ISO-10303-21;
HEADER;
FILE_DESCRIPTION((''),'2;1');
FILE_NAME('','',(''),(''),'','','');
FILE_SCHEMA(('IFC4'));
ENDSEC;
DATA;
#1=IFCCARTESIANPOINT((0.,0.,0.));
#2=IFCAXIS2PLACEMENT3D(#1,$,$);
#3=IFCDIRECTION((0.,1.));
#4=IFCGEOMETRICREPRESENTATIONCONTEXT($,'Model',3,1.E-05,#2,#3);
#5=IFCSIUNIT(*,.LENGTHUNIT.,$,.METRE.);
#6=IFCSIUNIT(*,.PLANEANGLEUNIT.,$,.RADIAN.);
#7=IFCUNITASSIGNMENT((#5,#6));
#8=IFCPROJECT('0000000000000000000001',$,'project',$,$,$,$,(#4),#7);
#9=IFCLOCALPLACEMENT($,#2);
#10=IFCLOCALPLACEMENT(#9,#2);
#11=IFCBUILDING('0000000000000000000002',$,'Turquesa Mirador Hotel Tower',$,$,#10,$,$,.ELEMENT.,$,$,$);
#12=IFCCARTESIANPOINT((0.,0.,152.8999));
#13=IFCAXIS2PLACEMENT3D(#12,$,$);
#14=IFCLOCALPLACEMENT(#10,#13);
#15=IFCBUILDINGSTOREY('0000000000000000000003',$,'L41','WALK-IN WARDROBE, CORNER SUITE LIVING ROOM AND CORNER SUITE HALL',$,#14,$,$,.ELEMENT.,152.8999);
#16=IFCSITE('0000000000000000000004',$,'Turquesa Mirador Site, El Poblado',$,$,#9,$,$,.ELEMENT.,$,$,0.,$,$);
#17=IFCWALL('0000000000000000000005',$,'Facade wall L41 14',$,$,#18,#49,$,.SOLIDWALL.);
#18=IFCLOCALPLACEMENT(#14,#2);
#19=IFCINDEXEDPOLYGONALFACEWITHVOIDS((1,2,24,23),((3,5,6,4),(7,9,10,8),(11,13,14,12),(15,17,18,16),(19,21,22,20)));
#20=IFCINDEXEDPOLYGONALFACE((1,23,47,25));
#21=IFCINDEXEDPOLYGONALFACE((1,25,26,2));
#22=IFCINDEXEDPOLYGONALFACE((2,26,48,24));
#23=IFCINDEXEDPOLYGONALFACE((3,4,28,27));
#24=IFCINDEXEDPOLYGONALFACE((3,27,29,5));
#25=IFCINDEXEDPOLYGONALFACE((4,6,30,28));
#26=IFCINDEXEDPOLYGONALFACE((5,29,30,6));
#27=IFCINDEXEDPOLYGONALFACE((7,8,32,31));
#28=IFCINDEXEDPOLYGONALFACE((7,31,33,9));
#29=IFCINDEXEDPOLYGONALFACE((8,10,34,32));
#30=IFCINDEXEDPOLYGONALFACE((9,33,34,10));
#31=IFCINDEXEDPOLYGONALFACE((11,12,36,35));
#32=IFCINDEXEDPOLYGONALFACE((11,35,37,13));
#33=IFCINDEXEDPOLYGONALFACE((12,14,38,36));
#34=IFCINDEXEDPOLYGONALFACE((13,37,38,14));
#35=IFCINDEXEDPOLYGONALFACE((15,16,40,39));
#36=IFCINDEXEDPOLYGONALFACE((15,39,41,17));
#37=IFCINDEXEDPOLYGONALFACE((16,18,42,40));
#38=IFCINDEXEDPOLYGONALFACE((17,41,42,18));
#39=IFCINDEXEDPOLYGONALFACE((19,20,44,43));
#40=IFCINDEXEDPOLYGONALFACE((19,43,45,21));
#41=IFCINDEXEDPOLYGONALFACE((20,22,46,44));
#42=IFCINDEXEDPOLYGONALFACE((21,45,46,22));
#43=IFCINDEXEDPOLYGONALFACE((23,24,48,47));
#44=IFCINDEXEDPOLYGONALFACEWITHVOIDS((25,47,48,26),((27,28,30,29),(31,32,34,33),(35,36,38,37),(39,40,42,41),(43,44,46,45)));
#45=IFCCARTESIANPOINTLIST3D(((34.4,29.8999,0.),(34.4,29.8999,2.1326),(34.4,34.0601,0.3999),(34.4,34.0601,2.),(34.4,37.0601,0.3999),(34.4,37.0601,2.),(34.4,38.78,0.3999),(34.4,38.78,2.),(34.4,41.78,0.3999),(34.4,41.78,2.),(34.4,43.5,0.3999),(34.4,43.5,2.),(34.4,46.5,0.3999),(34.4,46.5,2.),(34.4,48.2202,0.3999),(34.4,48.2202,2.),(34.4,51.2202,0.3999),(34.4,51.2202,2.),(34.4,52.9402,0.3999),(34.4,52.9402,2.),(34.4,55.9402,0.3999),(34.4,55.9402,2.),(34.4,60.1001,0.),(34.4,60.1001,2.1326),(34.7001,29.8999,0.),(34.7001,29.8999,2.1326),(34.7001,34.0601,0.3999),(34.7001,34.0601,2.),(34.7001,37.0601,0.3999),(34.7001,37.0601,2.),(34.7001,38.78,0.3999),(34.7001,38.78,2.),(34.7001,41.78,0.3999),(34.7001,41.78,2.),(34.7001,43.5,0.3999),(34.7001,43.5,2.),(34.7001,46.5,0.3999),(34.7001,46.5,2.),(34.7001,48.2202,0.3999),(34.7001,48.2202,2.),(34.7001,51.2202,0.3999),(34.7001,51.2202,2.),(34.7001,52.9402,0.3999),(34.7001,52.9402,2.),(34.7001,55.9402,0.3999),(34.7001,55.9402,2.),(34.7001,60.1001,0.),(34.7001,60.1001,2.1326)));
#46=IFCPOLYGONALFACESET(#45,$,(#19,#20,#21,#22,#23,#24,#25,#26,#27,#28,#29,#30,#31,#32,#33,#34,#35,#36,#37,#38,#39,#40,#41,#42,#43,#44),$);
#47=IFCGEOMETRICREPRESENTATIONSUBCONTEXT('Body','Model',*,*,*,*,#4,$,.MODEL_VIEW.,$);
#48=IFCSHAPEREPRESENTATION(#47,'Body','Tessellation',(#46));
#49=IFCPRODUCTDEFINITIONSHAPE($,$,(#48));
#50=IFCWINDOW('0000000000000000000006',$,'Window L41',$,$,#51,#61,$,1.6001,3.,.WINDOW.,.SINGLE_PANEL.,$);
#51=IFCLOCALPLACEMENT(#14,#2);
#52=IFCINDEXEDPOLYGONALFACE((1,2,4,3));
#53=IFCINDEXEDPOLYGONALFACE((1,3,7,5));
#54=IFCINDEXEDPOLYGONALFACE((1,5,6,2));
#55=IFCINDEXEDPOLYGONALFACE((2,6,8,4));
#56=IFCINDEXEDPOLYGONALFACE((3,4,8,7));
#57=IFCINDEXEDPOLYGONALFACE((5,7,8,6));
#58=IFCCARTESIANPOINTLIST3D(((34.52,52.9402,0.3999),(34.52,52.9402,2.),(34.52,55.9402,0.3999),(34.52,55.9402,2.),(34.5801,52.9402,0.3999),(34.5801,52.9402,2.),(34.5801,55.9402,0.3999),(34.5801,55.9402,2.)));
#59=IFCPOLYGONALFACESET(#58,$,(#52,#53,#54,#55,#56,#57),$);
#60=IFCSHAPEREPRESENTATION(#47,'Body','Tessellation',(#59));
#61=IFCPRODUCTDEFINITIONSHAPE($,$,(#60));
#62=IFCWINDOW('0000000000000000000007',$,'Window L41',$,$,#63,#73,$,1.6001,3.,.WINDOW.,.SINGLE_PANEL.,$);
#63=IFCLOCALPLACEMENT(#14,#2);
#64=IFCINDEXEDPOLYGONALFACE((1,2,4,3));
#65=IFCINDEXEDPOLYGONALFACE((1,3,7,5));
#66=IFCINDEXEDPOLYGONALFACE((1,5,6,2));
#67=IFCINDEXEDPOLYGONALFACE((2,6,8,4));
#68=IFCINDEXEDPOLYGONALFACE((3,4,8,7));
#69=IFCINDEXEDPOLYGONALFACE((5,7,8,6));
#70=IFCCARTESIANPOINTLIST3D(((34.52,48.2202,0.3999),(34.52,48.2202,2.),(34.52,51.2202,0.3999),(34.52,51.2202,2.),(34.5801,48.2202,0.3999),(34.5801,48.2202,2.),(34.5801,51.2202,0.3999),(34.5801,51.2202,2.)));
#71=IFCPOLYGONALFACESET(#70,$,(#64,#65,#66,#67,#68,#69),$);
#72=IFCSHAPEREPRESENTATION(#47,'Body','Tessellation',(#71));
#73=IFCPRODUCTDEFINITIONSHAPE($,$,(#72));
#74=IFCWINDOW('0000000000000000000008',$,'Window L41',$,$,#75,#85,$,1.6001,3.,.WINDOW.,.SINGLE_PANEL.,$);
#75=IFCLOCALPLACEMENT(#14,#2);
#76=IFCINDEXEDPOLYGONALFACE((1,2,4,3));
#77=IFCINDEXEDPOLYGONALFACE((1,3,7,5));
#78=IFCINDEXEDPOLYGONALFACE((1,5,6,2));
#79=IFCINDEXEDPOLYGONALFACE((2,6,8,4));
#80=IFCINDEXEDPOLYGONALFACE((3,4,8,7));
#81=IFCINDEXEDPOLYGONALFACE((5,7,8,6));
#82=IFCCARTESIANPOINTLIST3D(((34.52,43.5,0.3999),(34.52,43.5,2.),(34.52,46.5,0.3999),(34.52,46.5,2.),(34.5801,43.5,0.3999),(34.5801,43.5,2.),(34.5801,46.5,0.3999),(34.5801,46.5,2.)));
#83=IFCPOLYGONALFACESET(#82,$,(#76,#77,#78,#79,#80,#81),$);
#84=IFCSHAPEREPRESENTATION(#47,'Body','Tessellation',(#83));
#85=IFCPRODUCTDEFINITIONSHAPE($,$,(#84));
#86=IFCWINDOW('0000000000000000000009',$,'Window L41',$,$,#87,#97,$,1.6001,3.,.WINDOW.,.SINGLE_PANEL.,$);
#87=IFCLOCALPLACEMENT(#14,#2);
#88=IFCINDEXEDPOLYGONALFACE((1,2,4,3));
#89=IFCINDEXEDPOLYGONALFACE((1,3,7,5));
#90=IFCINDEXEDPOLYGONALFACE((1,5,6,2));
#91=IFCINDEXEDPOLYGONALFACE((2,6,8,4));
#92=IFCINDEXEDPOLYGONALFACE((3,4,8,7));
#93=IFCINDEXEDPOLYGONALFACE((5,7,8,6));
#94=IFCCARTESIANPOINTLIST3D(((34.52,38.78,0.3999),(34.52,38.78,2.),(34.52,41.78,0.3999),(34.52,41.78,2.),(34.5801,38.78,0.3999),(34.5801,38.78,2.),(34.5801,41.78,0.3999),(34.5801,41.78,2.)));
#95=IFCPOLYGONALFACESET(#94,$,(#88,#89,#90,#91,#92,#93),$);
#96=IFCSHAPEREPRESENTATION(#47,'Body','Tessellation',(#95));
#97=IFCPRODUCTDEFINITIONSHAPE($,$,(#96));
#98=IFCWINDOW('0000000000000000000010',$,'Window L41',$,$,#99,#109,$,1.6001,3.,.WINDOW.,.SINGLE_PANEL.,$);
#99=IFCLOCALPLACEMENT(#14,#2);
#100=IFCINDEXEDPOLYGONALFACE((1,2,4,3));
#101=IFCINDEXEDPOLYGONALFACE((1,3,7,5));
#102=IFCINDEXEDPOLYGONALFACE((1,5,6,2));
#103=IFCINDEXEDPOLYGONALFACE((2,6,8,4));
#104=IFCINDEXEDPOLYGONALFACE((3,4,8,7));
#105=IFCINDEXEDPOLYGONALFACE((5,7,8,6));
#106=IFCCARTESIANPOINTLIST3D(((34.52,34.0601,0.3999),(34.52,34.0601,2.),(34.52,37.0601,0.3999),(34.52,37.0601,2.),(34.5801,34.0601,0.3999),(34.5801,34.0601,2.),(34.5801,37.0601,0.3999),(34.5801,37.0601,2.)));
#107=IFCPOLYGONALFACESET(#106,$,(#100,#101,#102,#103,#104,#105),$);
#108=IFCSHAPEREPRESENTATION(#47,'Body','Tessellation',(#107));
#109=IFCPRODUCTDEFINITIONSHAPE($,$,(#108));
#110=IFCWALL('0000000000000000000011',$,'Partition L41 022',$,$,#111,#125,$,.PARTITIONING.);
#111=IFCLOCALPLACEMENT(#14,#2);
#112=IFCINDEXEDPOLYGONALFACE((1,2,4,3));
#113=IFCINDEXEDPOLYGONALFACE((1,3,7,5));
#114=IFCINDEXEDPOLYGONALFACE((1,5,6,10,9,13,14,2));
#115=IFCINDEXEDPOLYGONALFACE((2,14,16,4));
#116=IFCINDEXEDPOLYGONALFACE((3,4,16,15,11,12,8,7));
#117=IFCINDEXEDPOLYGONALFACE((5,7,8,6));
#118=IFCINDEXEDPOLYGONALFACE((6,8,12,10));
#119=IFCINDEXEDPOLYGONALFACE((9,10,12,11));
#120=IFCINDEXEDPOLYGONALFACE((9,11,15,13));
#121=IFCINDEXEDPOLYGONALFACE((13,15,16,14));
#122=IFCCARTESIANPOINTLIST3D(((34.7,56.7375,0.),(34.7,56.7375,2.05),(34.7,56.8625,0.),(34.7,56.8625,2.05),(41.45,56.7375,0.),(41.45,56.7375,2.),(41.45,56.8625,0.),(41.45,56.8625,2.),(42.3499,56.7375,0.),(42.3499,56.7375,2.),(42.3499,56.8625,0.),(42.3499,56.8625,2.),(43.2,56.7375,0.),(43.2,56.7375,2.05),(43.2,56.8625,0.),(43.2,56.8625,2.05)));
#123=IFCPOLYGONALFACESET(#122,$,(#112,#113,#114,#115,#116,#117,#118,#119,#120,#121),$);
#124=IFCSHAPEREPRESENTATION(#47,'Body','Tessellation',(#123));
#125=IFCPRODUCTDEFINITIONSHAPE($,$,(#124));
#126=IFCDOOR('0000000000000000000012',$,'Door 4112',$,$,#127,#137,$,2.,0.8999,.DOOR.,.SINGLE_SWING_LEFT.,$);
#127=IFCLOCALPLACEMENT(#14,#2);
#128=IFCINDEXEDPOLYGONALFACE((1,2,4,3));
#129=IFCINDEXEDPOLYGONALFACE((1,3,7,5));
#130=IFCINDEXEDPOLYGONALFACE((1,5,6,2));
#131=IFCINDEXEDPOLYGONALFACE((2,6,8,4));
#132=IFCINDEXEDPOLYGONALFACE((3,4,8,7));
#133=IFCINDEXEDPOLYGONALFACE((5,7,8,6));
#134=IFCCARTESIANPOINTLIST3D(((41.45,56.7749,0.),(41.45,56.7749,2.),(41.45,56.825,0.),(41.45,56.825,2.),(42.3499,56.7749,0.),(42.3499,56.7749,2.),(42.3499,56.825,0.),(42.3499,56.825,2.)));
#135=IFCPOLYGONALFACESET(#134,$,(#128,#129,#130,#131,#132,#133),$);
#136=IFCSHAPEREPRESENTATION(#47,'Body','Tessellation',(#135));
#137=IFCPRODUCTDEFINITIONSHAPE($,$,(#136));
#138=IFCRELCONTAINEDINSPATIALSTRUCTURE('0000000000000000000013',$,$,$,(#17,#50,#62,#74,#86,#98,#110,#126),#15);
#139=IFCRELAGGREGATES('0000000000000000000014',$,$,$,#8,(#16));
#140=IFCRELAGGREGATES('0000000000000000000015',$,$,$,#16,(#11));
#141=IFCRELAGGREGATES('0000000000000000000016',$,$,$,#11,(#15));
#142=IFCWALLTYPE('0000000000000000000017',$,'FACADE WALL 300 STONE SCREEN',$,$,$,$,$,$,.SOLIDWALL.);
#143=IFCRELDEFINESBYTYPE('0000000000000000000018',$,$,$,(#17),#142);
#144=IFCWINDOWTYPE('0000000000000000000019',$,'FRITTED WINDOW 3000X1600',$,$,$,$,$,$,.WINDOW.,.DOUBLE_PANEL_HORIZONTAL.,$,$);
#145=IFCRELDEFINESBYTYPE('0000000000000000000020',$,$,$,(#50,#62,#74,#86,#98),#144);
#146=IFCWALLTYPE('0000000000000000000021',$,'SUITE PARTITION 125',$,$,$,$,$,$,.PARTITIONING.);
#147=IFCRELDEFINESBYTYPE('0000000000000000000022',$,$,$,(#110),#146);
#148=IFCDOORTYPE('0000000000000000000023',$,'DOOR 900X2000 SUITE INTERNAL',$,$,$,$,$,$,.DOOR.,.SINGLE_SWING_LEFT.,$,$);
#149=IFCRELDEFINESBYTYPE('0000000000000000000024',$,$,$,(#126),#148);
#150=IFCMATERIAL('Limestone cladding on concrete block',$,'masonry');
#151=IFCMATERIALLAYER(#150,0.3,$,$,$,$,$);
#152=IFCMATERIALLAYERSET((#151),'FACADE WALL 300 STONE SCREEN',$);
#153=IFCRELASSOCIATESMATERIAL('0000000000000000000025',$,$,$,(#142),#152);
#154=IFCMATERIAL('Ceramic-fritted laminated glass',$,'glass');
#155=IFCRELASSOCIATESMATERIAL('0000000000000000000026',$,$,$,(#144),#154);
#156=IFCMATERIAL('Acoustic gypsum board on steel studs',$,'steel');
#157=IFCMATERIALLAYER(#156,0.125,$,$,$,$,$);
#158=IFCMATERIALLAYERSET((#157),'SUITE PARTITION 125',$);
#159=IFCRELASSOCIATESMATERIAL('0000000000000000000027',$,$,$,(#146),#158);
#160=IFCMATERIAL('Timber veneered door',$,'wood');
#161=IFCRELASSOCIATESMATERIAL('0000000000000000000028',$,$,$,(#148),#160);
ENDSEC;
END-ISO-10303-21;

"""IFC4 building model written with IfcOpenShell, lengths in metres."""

from ifc_helpers import new_model, si_unit, direction, frame, frame_2d, origin, place, context, subcontext, project, spatial, rectangle, extrude, material, layer, layer_set, type_object, element, fill, save


model = new_model("IFC4")

# Units and contexts
model_context = context("Model", 3, precision=1e-05, world=origin(), true_north=direction((0.0, 1.0)))
body_context = subcontext(model_context, "Body", "Model", "MODEL_VIEW")
ifc_project = project(units=[si_unit("LENGTHUNIT", "METRE"), si_unit("PLANEANGLEUNIT", "RADIAN")], contexts=[model_context])

# Site, building, storey
site_placement = place(None, origin())
site = spatial("IfcSite", under=ifc_project, at=site_placement, Name="Turquesa Mirador Site, El Poblado", CompositionType="ELEMENT", RefElevation=0.0)
building_placement = place(site_placement, origin())
building = spatial("IfcBuilding", under=site, at=building_placement, Name="Turquesa Mirador Hotel Tower", CompositionType="ELEMENT")
storey_placement = place(building_placement, frame((0.0, 0.0, 152.8999)))
storey = spatial("IfcBuildingStorey", under=building, at=storey_placement, Name="L41", Description="WALK-IN WARDROBE, CORNER SUITE LIVING ROOM AND CORNER SUITE HALL", CompositionType="ELEMENT", Elevation=152.8999)

# Shared definitions
ifc_material_1 = material(Name="Limestone cladding on concrete block", Category="masonry")
ifc_layer_1 = layer(ifc_material_1, 0.3)
ifc_layer_set_1 = layer_set([ifc_layer_1], Name="FACADE WALL 300 STONE SCREEN")
wall_type_1 = type_object("IfcWallType", Name="FACADE WALL 300 STONE SCREEN", PredefinedType="SOLIDWALL", material=ifc_layer_set_1)

# Wall, openings, windows
wall_1_placement = place(storey_placement, frame((34.55, 60.1001, 0.0), z_axis=(0.0, 0.0, 1.0), x_axis=(0.0, -1.0, 0.0)))
wall_1 = element("IfcWall", 1, at=wall_1_placement, inside=storey, type_object=wall_type_1, Name="Facade wall L41 14", PredefinedType="SOLIDWALL", context=body_context, shape_type="SweptSolid", body=[
    extrude(rectangle(XDim=30.2002, YDim=0.3, at=frame_2d((15.1001, 0.0))), origin(), (0.0, 0.0, 1.0), 2.1326),
])
opening_1_placement = place(wall_1_placement, frame((4.1599, 0.0, 0.3999)))
opening_1 = element("IfcOpeningElement", 2, at=opening_1_placement, cuts=wall_1, PredefinedType="OPENING", context=body_context, shape_type="SweptSolid", body=[
    extrude(rectangle(XDim=3.0, YDim=1.6001, at=frame_2d((1.5, 0.8))), frame((0.0, 0.1599, 0.0), z_axis=(0.0, -1.0, 0.0), x_axis=(1.0, 0.0, 0.0)), (0.0, 0.0, 1.0), 0.3201),
])
opening_2_placement = place(wall_1_placement, frame((8.8799, 0.0, 0.3999)))
opening_2 = element("IfcOpeningElement", 3, at=opening_2_placement, cuts=wall_1, PredefinedType="OPENING", context=body_context, shape_type="SweptSolid", body=[
    extrude(rectangle(XDim=3.0, YDim=1.6001, at=frame_2d((1.5, 0.8))), frame((0.0, 0.1599, 0.0), z_axis=(0.0, -1.0, 0.0), x_axis=(1.0, 0.0, 0.0)), (0.0, 0.0, 1.0), 0.3201),
])
opening_3_placement = place(wall_1_placement, frame((13.6001, 0.0, 0.3999)))
opening_3 = element("IfcOpeningElement", 4, at=opening_3_placement, cuts=wall_1, PredefinedType="OPENING", context=body_context, shape_type="SweptSolid", body=[
    extrude(rectangle(XDim=3.0, YDim=1.6001, at=frame_2d((1.5, 0.8))), frame((0.0, 0.1599, 0.0), z_axis=(0.0, -1.0, 0.0), x_axis=(1.0, 0.0, 0.0)), (0.0, 0.0, 1.0), 0.3201),
])
opening_4_placement = place(wall_1_placement, frame((18.3201, 0.0, 0.3999)))
opening_4 = element("IfcOpeningElement", 5, at=opening_4_placement, cuts=wall_1, PredefinedType="OPENING", context=body_context, shape_type="SweptSolid", body=[
    extrude(rectangle(XDim=3.0, YDim=1.6001, at=frame_2d((1.5, 0.8))), frame((0.0, 0.1599, 0.0), z_axis=(0.0, -1.0, 0.0), x_axis=(1.0, 0.0, 0.0)), (0.0, 0.0, 1.0), 0.3201),
])
opening_5_placement = place(wall_1_placement, frame((23.04, 0.0, 0.3999)))
opening_5 = element("IfcOpeningElement", 6, at=opening_5_placement, cuts=wall_1, PredefinedType="OPENING", context=body_context, shape_type="SweptSolid", body=[
    extrude(rectangle(XDim=3.0, YDim=1.6001, at=frame_2d((1.5, 0.8))), frame((0.0, 0.1599, 0.0), z_axis=(0.0, -1.0, 0.0), x_axis=(1.0, 0.0, 0.0)), (0.0, 0.0, 1.0), 0.3201),
])
ifc_material_2 = material(Name="Ceramic-fritted laminated glass", Category="glass")
window_type_1 = type_object("IfcWindowType", Name="FRITTED WINDOW 3000X1600", PartitioningType="DOUBLE_PANEL_HORIZONTAL", PredefinedType="WINDOW", material=ifc_material_2)
window_1_placement = place(opening_1_placement, origin())
window_1 = element("IfcWindow", 7, at=window_1_placement, inside=storey, type_object=window_type_1, Name="Window L41", OverallHeight=1.6001, OverallWidth=3.0, PartitioningType="SINGLE_PANEL", PredefinedType="WINDOW", context=body_context, shape_type="SweptSolid", body=[
    extrude(rectangle(XDim=3.0, YDim=1.6001, at=frame_2d((1.5, 0.8))), frame((0.0, 0.03, 0.0), z_axis=(0.0, -1.0, 0.0), x_axis=(1.0, 0.0, 0.0)), (0.0, 0.0, 1.0), 0.0601),
])
fill(opening_1, window_1)
window_2_placement = place(opening_2_placement, origin())
window_2 = element("IfcWindow", 8, at=window_2_placement, inside=storey, type_object=window_type_1, Name="Window L41", OverallHeight=1.6001, OverallWidth=3.0, PartitioningType="SINGLE_PANEL", PredefinedType="WINDOW", context=body_context, shape_type="SweptSolid", body=[
    extrude(rectangle(XDim=3.0, YDim=1.6001, at=frame_2d((1.5, 0.8))), frame((0.0, 0.03, 0.0), z_axis=(0.0, -1.0, 0.0), x_axis=(1.0, 0.0, 0.0)), (0.0, 0.0, 1.0), 0.0601),
])
fill(opening_2, window_2)
window_3_placement = place(opening_3_placement, origin())
window_3 = element("IfcWindow", 9, at=window_3_placement, inside=storey, type_object=window_type_1, Name="Window L41", OverallHeight=1.6001, OverallWidth=3.0, PartitioningType="SINGLE_PANEL", PredefinedType="WINDOW", context=body_context, shape_type="SweptSolid", body=[
    extrude(rectangle(XDim=3.0, YDim=1.6001, at=frame_2d((1.5, 0.8))), frame((0.0, 0.03, 0.0), z_axis=(0.0, -1.0, 0.0), x_axis=(1.0, 0.0, 0.0)), (0.0, 0.0, 1.0), 0.0601),
])
fill(opening_3, window_3)
window_4_placement = place(opening_4_placement, origin())
window_4 = element("IfcWindow", 10, at=window_4_placement, inside=storey, type_object=window_type_1, Name="Window L41", OverallHeight=1.6001, OverallWidth=3.0, PartitioningType="SINGLE_PANEL", PredefinedType="WINDOW", context=body_context, shape_type="SweptSolid", body=[
    extrude(rectangle(XDim=3.0, YDim=1.6001, at=frame_2d((1.5, 0.8))), frame((0.0, 0.03, 0.0), z_axis=(0.0, -1.0, 0.0), x_axis=(1.0, 0.0, 0.0)), (0.0, 0.0, 1.0), 0.0601),
])
fill(opening_4, window_4)
window_5_placement = place(opening_5_placement, origin())
window_5 = element("IfcWindow", 11, at=window_5_placement, inside=storey, type_object=window_type_1, Name="Window L41", OverallHeight=1.6001, OverallWidth=3.0, PartitioningType="SINGLE_PANEL", PredefinedType="WINDOW", context=body_context, shape_type="SweptSolid", body=[
    extrude(rectangle(XDim=3.0, YDim=1.6001, at=frame_2d((1.5, 0.8))), frame((0.0, 0.03, 0.0), z_axis=(0.0, -1.0, 0.0), x_axis=(1.0, 0.0, 0.0)), (0.0, 0.0, 1.0), 0.0601),
])
fill(opening_5, window_5)

# Wall, opening, door
ifc_material_3 = material(Name="Acoustic gypsum board on steel studs", Category="steel")
ifc_layer_2 = layer(ifc_material_3, 0.125)
ifc_layer_set_2 = layer_set([ifc_layer_2], Name="SUITE PARTITION 125")
wall_type_2 = type_object("IfcWallType", Name="SUITE PARTITION 125", PredefinedType="PARTITIONING", material=ifc_layer_set_2)
wall_2_placement = place(storey_placement, frame((34.7, 56.8, 0.0), z_axis=(0.0, 0.0, 1.0), x_axis=(1.0, 0.0, 0.0)))
wall_2 = element("IfcWall", 12, at=wall_2_placement, inside=storey, type_object=wall_type_2, Name="Partition L41 022", PredefinedType="PARTITIONING", context=body_context, shape_type="SweptSolid", body=[
    extrude(rectangle(XDim=8.5, YDim=0.125, at=frame_2d((4.25, 0.0))), origin(), (0.0, 0.0, 1.0), 2.05),
])
opening_6_placement = place(wall_2_placement, frame((6.75, 0.0, 0.0)))
opening_6 = element("IfcOpeningElement", 13, at=opening_6_placement, cuts=wall_2, PredefinedType="OPENING", context=body_context, shape_type="SweptSolid", body=[
    extrude(rectangle(XDim=0.8999, YDim=2.0, at=frame_2d((0.45, 1.0))), frame((0.0, 0.0725, 0.0), z_axis=(0.0, -1.0, 0.0), x_axis=(1.0, 0.0, 0.0)), (0.0, 0.0, 1.0), 0.145),
])
ifc_material_4 = material(Name="Timber veneered door", Category="wood")
door_type_1 = type_object("IfcDoorType", Name="DOOR 900X2000 SUITE INTERNAL", OperationType="SINGLE_SWING_LEFT", PredefinedType="DOOR", material=ifc_material_4)
door_1_placement = place(opening_6_placement, origin())
door_1 = element("IfcDoor", 14, at=door_1_placement, inside=storey, type_object=door_type_1, Name="Door 4112", OperationType="SINGLE_SWING_LEFT", OverallHeight=2.0, OverallWidth=0.8999, PredefinedType="DOOR", context=body_context, shape_type="SweptSolid", body=[
    extrude(rectangle(XDim=0.8999, YDim=2.0, at=frame_2d((0.45, 1.0))), frame((0.0, 0.0249, 0.0), z_axis=(0.0, -1.0, 0.0), x_axis=(1.0, 0.0, 0.0)), (0.0, 0.0, 1.0), 0.05),
])
fill(opening_6, door_1)

save(model, "model.ifc")
